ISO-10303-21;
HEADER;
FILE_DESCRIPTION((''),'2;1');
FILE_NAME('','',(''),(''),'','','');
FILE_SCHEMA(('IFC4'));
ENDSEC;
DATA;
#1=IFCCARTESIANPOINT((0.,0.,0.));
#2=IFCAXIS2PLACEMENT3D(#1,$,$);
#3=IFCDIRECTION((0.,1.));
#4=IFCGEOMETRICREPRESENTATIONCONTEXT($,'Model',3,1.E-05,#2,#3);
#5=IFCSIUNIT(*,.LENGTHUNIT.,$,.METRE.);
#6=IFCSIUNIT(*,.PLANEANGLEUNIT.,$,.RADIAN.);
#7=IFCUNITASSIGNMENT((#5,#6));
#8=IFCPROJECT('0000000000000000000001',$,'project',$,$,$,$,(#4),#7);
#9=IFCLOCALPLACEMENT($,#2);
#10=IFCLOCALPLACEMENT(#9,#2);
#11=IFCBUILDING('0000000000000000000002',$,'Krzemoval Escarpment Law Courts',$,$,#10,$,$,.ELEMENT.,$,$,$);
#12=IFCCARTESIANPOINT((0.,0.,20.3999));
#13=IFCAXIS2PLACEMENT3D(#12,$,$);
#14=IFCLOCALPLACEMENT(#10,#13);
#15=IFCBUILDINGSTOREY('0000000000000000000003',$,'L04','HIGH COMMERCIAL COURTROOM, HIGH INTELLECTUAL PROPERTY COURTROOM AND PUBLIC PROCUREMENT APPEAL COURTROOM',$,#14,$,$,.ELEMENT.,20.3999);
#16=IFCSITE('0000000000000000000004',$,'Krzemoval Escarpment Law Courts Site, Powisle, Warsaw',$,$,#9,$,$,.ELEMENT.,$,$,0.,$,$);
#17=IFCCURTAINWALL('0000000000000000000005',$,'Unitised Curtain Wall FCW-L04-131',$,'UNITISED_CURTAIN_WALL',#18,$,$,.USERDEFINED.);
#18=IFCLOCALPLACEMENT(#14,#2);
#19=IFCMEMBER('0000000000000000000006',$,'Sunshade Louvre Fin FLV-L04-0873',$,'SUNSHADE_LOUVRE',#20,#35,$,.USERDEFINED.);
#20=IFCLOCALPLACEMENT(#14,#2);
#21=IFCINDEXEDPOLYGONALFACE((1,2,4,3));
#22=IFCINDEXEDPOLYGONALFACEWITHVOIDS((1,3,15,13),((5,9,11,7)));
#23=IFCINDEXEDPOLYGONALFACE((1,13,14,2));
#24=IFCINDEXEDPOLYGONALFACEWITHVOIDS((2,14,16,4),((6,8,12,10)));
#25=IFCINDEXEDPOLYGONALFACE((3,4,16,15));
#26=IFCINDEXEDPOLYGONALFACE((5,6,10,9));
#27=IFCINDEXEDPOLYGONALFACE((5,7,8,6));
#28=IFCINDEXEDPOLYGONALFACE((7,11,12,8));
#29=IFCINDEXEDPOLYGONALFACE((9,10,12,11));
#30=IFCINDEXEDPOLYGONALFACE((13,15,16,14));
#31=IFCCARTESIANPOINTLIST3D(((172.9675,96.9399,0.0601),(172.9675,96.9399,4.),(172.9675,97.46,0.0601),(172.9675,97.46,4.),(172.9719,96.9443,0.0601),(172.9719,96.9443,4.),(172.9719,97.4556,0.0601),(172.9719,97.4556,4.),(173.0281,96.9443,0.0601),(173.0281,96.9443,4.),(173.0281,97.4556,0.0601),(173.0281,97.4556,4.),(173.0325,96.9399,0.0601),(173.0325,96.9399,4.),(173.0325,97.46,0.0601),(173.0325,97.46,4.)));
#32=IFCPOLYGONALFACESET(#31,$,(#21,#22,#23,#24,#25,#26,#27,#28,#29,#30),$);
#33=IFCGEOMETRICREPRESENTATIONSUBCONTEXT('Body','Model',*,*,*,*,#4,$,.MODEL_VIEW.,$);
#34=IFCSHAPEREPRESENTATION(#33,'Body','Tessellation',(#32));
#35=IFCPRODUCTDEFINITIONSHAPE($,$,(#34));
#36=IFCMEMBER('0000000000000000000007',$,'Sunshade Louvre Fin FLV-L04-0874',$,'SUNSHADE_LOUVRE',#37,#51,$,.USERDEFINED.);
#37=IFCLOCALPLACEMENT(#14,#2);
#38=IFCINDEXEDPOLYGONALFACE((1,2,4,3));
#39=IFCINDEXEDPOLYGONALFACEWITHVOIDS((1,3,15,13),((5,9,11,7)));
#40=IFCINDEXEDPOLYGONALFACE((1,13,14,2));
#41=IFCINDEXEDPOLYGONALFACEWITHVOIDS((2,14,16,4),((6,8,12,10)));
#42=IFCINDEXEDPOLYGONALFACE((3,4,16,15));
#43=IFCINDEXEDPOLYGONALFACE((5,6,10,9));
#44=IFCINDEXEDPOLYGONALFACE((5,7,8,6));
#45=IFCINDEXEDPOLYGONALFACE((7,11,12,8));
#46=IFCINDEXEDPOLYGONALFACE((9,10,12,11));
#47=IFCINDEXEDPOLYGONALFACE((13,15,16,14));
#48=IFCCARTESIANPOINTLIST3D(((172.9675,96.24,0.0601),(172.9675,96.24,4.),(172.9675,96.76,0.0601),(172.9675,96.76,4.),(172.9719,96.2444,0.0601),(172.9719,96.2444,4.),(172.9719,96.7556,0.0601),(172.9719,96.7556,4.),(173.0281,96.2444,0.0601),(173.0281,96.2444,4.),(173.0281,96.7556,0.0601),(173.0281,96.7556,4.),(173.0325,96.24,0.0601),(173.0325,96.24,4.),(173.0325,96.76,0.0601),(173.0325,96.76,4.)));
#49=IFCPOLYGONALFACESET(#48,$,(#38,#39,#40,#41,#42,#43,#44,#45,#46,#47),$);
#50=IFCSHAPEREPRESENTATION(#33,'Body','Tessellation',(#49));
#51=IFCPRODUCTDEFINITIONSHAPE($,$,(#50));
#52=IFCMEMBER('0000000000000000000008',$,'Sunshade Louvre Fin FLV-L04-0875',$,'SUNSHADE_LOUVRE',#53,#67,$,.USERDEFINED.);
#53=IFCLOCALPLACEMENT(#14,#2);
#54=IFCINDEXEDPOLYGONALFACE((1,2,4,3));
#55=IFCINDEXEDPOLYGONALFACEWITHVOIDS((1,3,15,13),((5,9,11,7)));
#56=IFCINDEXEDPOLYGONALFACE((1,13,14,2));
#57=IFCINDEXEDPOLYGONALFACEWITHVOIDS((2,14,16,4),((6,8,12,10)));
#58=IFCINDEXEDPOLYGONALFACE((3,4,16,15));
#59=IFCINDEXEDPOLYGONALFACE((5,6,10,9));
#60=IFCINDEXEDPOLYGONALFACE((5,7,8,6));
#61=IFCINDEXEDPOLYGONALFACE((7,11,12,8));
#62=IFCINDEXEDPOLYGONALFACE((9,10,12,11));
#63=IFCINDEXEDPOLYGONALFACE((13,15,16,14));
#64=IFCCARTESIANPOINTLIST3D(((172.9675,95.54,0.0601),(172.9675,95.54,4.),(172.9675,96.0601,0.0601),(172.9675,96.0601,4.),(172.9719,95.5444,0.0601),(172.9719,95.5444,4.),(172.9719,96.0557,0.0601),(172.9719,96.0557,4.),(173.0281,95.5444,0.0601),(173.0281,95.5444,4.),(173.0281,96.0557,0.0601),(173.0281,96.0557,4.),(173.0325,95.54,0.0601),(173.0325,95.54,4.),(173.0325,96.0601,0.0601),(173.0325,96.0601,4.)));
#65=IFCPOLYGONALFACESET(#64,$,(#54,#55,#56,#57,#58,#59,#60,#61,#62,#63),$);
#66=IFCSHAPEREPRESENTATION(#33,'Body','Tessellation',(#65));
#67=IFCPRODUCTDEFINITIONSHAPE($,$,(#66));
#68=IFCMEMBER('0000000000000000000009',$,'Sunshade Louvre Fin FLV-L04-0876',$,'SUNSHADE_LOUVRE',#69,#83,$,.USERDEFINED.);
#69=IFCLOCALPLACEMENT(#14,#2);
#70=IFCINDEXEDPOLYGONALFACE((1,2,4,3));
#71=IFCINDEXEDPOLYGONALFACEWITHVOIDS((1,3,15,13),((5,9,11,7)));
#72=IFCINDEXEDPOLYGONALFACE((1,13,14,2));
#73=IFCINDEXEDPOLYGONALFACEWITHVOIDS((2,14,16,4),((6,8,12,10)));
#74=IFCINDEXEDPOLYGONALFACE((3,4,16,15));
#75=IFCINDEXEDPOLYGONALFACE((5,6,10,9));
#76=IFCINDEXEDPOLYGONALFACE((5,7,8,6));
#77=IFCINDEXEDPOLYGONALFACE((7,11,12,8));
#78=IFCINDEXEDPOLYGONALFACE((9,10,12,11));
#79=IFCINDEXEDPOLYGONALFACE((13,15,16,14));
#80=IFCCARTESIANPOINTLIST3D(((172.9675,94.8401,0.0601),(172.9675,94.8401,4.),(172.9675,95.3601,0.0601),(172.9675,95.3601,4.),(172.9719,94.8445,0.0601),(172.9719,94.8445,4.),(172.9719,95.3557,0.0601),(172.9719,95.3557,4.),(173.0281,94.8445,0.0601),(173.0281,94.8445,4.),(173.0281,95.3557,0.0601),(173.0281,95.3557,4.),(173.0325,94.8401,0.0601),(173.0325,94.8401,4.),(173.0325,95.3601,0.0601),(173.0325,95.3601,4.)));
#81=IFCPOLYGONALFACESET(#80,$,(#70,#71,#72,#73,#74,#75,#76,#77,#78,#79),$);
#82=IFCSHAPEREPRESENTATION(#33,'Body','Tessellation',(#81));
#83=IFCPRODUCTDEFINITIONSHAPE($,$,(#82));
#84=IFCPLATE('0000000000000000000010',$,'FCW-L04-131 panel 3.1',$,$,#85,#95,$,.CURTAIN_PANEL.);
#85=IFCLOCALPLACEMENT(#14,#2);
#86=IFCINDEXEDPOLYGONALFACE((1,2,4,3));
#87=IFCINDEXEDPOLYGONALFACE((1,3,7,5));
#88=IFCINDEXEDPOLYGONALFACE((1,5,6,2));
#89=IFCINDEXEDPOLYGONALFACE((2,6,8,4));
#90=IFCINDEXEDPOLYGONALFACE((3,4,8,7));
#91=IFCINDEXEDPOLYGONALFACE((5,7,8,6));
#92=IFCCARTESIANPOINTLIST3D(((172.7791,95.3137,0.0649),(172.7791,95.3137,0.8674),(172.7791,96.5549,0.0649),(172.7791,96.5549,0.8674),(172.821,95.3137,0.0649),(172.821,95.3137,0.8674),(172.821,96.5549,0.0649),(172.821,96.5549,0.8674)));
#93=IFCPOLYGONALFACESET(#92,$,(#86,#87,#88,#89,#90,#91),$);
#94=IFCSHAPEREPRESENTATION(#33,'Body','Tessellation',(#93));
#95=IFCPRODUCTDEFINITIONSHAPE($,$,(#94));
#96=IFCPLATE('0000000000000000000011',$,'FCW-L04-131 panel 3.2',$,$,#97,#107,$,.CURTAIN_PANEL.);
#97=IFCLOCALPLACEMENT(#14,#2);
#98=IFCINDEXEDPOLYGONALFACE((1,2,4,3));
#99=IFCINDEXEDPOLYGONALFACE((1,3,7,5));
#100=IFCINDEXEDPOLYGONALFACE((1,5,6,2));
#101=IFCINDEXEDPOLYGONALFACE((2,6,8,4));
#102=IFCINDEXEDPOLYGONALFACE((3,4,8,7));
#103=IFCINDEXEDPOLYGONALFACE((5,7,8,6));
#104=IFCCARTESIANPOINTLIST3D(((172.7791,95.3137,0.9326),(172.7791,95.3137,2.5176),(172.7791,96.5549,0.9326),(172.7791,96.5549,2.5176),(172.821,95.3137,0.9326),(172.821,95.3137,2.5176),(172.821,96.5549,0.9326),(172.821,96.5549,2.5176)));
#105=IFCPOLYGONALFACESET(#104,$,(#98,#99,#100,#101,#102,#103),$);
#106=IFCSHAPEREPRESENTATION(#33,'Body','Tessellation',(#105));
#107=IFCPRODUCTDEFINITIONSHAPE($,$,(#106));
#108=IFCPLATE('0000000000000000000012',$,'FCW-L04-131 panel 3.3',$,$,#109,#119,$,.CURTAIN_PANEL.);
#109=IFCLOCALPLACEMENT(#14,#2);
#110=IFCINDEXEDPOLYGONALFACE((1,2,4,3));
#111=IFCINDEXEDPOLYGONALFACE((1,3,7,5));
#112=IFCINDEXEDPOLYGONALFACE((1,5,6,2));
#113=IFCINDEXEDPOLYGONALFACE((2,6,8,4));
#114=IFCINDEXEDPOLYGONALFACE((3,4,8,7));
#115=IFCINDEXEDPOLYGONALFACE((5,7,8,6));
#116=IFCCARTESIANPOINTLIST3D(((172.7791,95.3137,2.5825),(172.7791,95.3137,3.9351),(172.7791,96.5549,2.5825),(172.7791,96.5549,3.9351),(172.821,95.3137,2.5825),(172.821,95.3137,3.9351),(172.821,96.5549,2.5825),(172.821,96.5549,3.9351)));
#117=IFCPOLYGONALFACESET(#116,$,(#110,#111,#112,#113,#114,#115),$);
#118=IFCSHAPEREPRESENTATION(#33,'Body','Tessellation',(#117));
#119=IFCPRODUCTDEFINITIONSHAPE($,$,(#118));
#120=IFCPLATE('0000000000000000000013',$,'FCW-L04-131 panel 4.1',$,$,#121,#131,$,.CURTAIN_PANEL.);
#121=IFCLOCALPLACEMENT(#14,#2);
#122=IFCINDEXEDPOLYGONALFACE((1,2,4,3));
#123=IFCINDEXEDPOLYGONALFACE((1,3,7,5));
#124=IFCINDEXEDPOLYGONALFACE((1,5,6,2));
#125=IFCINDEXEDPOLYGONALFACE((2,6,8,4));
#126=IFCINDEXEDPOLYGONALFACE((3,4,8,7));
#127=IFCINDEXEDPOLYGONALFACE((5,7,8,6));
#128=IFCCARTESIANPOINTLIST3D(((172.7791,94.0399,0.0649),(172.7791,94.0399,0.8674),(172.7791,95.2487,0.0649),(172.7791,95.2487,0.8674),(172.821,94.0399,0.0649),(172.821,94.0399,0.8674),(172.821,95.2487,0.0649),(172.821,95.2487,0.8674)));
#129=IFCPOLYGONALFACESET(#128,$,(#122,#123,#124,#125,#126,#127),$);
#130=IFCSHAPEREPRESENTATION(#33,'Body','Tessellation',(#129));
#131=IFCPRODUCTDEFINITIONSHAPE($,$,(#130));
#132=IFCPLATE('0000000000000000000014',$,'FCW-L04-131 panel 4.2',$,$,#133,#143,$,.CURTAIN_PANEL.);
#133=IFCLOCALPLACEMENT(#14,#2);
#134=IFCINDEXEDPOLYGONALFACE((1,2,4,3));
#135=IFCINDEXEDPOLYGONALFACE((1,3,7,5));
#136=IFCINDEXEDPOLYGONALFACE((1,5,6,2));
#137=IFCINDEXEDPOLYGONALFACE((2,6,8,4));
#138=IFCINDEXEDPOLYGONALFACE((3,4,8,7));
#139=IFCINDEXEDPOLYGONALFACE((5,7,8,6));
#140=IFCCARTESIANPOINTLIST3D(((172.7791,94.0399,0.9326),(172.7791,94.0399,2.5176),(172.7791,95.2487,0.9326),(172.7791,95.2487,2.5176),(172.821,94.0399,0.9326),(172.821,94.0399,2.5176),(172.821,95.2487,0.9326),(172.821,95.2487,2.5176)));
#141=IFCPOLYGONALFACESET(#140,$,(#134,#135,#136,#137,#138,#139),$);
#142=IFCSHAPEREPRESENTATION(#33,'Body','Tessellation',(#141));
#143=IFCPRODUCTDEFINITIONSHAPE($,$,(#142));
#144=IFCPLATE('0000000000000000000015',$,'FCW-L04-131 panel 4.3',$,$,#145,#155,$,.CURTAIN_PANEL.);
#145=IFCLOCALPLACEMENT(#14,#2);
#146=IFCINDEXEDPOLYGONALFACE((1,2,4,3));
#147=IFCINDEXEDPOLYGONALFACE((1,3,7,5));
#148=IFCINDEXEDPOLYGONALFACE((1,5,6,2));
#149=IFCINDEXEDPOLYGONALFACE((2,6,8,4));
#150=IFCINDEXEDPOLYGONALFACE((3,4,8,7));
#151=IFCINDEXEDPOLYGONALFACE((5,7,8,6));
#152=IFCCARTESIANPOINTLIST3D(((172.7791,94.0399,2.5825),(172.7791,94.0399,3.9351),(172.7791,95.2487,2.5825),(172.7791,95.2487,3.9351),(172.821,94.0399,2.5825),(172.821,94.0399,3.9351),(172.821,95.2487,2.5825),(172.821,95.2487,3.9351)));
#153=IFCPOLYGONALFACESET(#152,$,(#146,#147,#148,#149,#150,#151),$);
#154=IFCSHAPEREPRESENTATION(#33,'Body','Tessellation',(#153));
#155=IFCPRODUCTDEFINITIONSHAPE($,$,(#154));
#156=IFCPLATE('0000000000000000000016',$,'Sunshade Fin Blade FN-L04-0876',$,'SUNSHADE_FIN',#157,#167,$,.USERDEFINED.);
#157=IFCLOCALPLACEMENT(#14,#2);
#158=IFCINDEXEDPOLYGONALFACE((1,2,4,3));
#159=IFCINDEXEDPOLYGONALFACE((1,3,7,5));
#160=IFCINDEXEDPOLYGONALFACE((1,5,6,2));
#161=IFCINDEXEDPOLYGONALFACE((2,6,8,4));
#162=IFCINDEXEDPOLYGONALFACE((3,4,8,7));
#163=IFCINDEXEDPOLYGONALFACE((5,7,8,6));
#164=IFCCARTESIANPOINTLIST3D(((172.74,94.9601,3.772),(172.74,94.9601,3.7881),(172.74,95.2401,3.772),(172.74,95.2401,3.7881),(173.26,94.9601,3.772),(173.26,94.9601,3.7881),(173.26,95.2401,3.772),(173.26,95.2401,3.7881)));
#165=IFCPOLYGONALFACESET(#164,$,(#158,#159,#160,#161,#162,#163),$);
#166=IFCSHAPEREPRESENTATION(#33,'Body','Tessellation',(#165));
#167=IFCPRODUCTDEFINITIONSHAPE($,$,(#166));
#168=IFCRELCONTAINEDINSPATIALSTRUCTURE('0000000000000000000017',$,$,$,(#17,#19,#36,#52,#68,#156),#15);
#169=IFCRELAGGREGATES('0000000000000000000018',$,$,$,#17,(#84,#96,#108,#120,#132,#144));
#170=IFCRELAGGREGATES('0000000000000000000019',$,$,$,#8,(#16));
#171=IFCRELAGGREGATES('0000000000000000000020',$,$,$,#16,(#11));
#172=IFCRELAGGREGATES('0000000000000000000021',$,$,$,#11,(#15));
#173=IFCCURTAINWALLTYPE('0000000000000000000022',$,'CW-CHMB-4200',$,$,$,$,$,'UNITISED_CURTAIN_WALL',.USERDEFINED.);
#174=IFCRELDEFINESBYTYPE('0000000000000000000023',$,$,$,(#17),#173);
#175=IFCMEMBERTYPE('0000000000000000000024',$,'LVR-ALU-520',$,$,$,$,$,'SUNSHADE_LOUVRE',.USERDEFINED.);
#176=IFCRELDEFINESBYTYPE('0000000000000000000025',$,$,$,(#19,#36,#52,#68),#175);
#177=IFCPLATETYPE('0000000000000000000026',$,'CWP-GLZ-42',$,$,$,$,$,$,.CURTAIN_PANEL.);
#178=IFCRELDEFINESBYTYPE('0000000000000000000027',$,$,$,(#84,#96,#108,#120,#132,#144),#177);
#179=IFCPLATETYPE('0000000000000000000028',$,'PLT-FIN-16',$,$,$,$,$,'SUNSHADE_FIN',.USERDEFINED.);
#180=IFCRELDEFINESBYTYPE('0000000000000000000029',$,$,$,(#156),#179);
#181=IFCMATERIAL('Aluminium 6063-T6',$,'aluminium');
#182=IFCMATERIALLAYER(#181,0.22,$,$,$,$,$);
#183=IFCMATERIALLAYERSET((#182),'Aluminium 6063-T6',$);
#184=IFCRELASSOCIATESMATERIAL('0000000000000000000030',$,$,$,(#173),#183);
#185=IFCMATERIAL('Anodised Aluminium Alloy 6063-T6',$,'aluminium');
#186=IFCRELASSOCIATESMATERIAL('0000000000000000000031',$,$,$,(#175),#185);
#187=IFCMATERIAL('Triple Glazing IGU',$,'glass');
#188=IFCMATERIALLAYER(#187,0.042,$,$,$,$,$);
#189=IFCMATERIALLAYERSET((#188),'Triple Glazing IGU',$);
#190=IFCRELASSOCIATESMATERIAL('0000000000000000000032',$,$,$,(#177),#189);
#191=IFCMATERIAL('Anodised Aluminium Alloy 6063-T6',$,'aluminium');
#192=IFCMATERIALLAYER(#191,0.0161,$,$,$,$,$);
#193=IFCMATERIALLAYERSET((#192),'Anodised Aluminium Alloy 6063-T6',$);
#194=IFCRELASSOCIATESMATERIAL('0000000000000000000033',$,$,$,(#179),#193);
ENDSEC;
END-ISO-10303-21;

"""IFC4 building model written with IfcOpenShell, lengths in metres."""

from ifc_helpers import new_model, si_unit, direction, frame, origin, origin_2d, place, context, subcontext, project, spatial, rectangle, hollow_rectangle, extrude, material, layer, layer_set, material_profile, profile_set, type_object, element, aggregate, save


model = new_model("IFC4")

# Units and contexts
model_context = context("Model", 3, precision=1e-05, world=origin(), true_north=direction((0.0, 1.0)))
body_context = subcontext(model_context, "Body", "Model", "MODEL_VIEW")
ifc_project = project(units=[si_unit("LENGTHUNIT", "METRE"), si_unit("PLANEANGLEUNIT", "RADIAN")], contexts=[model_context])

# Site, building, storey
site_placement = place(None, origin())
site = spatial("IfcSite", under=ifc_project, at=site_placement, Name="Krzemoval Escarpment Law Courts Site, Powisle, Warsaw", CompositionType="ELEMENT", RefElevation=0.0)
building_placement = place(site_placement, origin())
building = spatial("IfcBuilding", under=site, at=building_placement, Name="Krzemoval Escarpment Law Courts", CompositionType="ELEMENT")
storey_placement = place(building_placement, frame((0.0, 0.0, 20.3999)))
storey = spatial("IfcBuildingStorey", under=building, at=storey_placement, Name="L04", Description="HIGH COMMERCIAL COURTROOM, HIGH INTELLECTUAL PROPERTY COURTROOM AND PUBLIC PROCUREMENT APPEAL COURTROOM", CompositionType="ELEMENT", Elevation=20.3999)

# Curtain wall
ifc_material_1 = material(Name="Aluminium 6063-T6", Category="aluminium")
ifc_layer_1 = layer(ifc_material_1, 0.22)
ifc_layer_set_1 = layer_set([ifc_layer_1], Name="Aluminium 6063-T6")
curtain_wall_type = type_object("IfcCurtainWallType", Name="CW-CHMB-4200", ElementType="UNITISED_CURTAIN_WALL", PredefinedType="USERDEFINED", material=ifc_layer_set_1)
curtain_wall_placement = place(storey_placement, origin())
curtain_wall = element("IfcCurtainWall", 1, at=curtain_wall_placement, inside=storey, type_object=curtain_wall_type, Name="Unitised Curtain Wall FCW-L04-131", ObjectType="UNITISED_CURTAIN_WALL", PredefinedType="USERDEFINED")

# Members
ifc_material_2 = material(Name="Anodised Aluminium Alloy 6063-T6", Category="aluminium")
ifc_material_profile_1 = material_profile(ifc_material_2, hollow_rectangle(XDim=0.0649, YDim=0.52, WallThickness=0.0044, at=origin_2d()), Name="ALU LVR 65x520")
ifc_profile_set_1 = profile_set([ifc_material_profile_1], Name="Anodised Aluminium Alloy 6063-T6")
member_type_1 = type_object("IfcMemberType", Name="LVR-ALU-520", ElementType="SUNSHADE_LOUVRE", PredefinedType="USERDEFINED", material=ifc_profile_set_1)
for number, where, z_axis, x_axis, name in (
    (2, (173.0, 97.2, 0.0601), (0.0, 0.0, 1.0), (1.0, 0.0, 0.0), "Sunshade Louvre Fin FLV-L04-0873"),
    (3, (173.0, 96.5, 0.0601), (0.0, 0.0, 1.0), (1.0, 0.0, 0.0), "Sunshade Louvre Fin FLV-L04-0874"),
    (4, (173.0, 95.8, 0.0601), (0.0, 0.0, 1.0), (1.0, 0.0, 0.0), "Sunshade Louvre Fin FLV-L04-0875"),
    (5, (173.0, 95.1001, 0.0601), (0.0, 0.0, 1.0), (1.0, 0.0, 0.0), "Sunshade Louvre Fin FLV-L04-0876"),
):
    element("IfcMember", number, at=place(storey_placement, frame(where, z_axis=z_axis, x_axis=x_axis)), inside=storey, type_object=member_type_1, Name=name, ObjectType="SUNSHADE_LOUVRE", PredefinedType="USERDEFINED", context=body_context, shape_type="SweptSolid", body=[
        extrude(hollow_rectangle(XDim=0.0649, YDim=0.52, WallThickness=0.0044, at=origin_2d()), origin(), (0.0, 0.0, 1.0), 3.9399),
    ])

# Plates
ifc_material_3 = material(Name="Triple Glazing IGU", Category="glass")
ifc_layer_2 = layer(ifc_material_3, 0.042)
ifc_layer_set_2 = layer_set([ifc_layer_2], Name="Triple Glazing IGU")
plate_type_1 = type_object("IfcPlateType", Name="CWP-GLZ-42", PredefinedType="CURTAIN_PANEL", material=ifc_layer_set_2)
plate_1_placement = place(storey_placement, frame((172.8, 95.9343, 0.0649), z_axis=(0.0, 0.0, 1.0), x_axis=(0.0, -1.0, 0.0)))
plate_1 = element("IfcPlate", 6, at=plate_1_placement, type_object=plate_type_1, Name="FCW-L04-131 panel 3.1", PredefinedType="CURTAIN_PANEL", context=body_context, shape_type="SweptSolid", body=[
    extrude(rectangle(XDim=1.2412, YDim=0.042, at=origin_2d()), origin(), (0.0, 0.0, 1.0), 0.8025),
])
plate_2_placement = place(storey_placement, frame((172.8, 95.9343, 0.9326), z_axis=(0.0, 0.0, 1.0), x_axis=(0.0, -1.0, 0.0)))
plate_2 = element("IfcPlate", 7, at=plate_2_placement, type_object=plate_type_1, Name="FCW-L04-131 panel 3.2", PredefinedType="CURTAIN_PANEL", context=body_context, shape_type="SweptSolid", body=[
    extrude(rectangle(XDim=1.2412, YDim=0.042, at=origin_2d()), origin(), (0.0, 0.0, 1.0), 1.585),
])
plate_3_placement = place(storey_placement, frame((172.8, 95.9343, 2.5825), z_axis=(0.0, 0.0, 1.0), x_axis=(0.0, -1.0, 0.0)))
plate_3 = element("IfcPlate", 8, at=plate_3_placement, type_object=plate_type_1, Name="FCW-L04-131 panel 3.3", PredefinedType="CURTAIN_PANEL", context=body_context, shape_type="SweptSolid", body=[
    extrude(rectangle(XDim=1.2412, YDim=0.042, at=origin_2d()), origin(), (0.0, 0.0, 1.0), 1.3525),
])
plate_4_placement = place(storey_placement, frame((172.8, 94.6443, 0.0649), z_axis=(0.0, 0.0, 1.0), x_axis=(0.0, -1.0, 0.0)))
plate_4 = element("IfcPlate", 9, at=plate_4_placement, type_object=plate_type_1, Name="FCW-L04-131 panel 4.1", PredefinedType="CURTAIN_PANEL", context=body_context, shape_type="SweptSolid", body=[
    extrude(rectangle(XDim=1.2087, YDim=0.042, at=origin_2d()), origin(), (0.0, 0.0, 1.0), 0.8025),
])
plate_5_placement = place(storey_placement, frame((172.8, 94.6443, 0.9326), z_axis=(0.0, 0.0, 1.0), x_axis=(0.0, -1.0, 0.0)))
plate_5 = element("IfcPlate", 10, at=plate_5_placement, type_object=plate_type_1, Name="FCW-L04-131 panel 4.2", PredefinedType="CURTAIN_PANEL", context=body_context, shape_type="SweptSolid", body=[
    extrude(rectangle(XDim=1.2087, YDim=0.042, at=origin_2d()), origin(), (0.0, 0.0, 1.0), 1.585),
])
plate_6_placement = place(storey_placement, frame((172.8, 94.6443, 2.5825), z_axis=(0.0, 0.0, 1.0), x_axis=(0.0, -1.0, 0.0)))
plate_6 = element("IfcPlate", 11, at=plate_6_placement, type_object=plate_type_1, Name="FCW-L04-131 panel 4.3", PredefinedType="CURTAIN_PANEL", context=body_context, shape_type="SweptSolid", body=[
    extrude(rectangle(XDim=1.2087, YDim=0.042, at=origin_2d()), origin(), (0.0, 0.0, 1.0), 1.3525),
])
aggregate(curtain_wall, [plate_1, plate_2, plate_3, plate_4, plate_5, plate_6])
ifc_material_4 = material(Name="Anodised Aluminium Alloy 6063-T6", Category="aluminium")
ifc_layer_3 = layer(ifc_material_4, 0.0161)
ifc_layer_set_3 = layer_set([ifc_layer_3], Name="Anodised Aluminium Alloy 6063-T6")
plate_type_2 = type_object("IfcPlateType", Name="PLT-FIN-16", ElementType="SUNSHADE_FIN", PredefinedType="USERDEFINED", material=ifc_layer_set_3)
plate_7_placement = place(storey_placement, frame((173.0, 95.1001, 3.772), z_axis=(0.0, 0.0, 1.0), x_axis=(1.0, 0.0, 0.0)))
element("IfcPlate", 12, at=plate_7_placement, inside=storey, type_object=plate_type_2, Name="Sunshade Fin Blade FN-L04-0876", ObjectType="SUNSHADE_FIN", PredefinedType="USERDEFINED", context=body_context, shape_type="SweptSolid", body=[
    extrude(rectangle(XDim=0.52, YDim=0.28, at=origin_2d()), origin(), (0.0, 0.0, 1.0), 0.0161),
])

save(model, "model.ifc")
